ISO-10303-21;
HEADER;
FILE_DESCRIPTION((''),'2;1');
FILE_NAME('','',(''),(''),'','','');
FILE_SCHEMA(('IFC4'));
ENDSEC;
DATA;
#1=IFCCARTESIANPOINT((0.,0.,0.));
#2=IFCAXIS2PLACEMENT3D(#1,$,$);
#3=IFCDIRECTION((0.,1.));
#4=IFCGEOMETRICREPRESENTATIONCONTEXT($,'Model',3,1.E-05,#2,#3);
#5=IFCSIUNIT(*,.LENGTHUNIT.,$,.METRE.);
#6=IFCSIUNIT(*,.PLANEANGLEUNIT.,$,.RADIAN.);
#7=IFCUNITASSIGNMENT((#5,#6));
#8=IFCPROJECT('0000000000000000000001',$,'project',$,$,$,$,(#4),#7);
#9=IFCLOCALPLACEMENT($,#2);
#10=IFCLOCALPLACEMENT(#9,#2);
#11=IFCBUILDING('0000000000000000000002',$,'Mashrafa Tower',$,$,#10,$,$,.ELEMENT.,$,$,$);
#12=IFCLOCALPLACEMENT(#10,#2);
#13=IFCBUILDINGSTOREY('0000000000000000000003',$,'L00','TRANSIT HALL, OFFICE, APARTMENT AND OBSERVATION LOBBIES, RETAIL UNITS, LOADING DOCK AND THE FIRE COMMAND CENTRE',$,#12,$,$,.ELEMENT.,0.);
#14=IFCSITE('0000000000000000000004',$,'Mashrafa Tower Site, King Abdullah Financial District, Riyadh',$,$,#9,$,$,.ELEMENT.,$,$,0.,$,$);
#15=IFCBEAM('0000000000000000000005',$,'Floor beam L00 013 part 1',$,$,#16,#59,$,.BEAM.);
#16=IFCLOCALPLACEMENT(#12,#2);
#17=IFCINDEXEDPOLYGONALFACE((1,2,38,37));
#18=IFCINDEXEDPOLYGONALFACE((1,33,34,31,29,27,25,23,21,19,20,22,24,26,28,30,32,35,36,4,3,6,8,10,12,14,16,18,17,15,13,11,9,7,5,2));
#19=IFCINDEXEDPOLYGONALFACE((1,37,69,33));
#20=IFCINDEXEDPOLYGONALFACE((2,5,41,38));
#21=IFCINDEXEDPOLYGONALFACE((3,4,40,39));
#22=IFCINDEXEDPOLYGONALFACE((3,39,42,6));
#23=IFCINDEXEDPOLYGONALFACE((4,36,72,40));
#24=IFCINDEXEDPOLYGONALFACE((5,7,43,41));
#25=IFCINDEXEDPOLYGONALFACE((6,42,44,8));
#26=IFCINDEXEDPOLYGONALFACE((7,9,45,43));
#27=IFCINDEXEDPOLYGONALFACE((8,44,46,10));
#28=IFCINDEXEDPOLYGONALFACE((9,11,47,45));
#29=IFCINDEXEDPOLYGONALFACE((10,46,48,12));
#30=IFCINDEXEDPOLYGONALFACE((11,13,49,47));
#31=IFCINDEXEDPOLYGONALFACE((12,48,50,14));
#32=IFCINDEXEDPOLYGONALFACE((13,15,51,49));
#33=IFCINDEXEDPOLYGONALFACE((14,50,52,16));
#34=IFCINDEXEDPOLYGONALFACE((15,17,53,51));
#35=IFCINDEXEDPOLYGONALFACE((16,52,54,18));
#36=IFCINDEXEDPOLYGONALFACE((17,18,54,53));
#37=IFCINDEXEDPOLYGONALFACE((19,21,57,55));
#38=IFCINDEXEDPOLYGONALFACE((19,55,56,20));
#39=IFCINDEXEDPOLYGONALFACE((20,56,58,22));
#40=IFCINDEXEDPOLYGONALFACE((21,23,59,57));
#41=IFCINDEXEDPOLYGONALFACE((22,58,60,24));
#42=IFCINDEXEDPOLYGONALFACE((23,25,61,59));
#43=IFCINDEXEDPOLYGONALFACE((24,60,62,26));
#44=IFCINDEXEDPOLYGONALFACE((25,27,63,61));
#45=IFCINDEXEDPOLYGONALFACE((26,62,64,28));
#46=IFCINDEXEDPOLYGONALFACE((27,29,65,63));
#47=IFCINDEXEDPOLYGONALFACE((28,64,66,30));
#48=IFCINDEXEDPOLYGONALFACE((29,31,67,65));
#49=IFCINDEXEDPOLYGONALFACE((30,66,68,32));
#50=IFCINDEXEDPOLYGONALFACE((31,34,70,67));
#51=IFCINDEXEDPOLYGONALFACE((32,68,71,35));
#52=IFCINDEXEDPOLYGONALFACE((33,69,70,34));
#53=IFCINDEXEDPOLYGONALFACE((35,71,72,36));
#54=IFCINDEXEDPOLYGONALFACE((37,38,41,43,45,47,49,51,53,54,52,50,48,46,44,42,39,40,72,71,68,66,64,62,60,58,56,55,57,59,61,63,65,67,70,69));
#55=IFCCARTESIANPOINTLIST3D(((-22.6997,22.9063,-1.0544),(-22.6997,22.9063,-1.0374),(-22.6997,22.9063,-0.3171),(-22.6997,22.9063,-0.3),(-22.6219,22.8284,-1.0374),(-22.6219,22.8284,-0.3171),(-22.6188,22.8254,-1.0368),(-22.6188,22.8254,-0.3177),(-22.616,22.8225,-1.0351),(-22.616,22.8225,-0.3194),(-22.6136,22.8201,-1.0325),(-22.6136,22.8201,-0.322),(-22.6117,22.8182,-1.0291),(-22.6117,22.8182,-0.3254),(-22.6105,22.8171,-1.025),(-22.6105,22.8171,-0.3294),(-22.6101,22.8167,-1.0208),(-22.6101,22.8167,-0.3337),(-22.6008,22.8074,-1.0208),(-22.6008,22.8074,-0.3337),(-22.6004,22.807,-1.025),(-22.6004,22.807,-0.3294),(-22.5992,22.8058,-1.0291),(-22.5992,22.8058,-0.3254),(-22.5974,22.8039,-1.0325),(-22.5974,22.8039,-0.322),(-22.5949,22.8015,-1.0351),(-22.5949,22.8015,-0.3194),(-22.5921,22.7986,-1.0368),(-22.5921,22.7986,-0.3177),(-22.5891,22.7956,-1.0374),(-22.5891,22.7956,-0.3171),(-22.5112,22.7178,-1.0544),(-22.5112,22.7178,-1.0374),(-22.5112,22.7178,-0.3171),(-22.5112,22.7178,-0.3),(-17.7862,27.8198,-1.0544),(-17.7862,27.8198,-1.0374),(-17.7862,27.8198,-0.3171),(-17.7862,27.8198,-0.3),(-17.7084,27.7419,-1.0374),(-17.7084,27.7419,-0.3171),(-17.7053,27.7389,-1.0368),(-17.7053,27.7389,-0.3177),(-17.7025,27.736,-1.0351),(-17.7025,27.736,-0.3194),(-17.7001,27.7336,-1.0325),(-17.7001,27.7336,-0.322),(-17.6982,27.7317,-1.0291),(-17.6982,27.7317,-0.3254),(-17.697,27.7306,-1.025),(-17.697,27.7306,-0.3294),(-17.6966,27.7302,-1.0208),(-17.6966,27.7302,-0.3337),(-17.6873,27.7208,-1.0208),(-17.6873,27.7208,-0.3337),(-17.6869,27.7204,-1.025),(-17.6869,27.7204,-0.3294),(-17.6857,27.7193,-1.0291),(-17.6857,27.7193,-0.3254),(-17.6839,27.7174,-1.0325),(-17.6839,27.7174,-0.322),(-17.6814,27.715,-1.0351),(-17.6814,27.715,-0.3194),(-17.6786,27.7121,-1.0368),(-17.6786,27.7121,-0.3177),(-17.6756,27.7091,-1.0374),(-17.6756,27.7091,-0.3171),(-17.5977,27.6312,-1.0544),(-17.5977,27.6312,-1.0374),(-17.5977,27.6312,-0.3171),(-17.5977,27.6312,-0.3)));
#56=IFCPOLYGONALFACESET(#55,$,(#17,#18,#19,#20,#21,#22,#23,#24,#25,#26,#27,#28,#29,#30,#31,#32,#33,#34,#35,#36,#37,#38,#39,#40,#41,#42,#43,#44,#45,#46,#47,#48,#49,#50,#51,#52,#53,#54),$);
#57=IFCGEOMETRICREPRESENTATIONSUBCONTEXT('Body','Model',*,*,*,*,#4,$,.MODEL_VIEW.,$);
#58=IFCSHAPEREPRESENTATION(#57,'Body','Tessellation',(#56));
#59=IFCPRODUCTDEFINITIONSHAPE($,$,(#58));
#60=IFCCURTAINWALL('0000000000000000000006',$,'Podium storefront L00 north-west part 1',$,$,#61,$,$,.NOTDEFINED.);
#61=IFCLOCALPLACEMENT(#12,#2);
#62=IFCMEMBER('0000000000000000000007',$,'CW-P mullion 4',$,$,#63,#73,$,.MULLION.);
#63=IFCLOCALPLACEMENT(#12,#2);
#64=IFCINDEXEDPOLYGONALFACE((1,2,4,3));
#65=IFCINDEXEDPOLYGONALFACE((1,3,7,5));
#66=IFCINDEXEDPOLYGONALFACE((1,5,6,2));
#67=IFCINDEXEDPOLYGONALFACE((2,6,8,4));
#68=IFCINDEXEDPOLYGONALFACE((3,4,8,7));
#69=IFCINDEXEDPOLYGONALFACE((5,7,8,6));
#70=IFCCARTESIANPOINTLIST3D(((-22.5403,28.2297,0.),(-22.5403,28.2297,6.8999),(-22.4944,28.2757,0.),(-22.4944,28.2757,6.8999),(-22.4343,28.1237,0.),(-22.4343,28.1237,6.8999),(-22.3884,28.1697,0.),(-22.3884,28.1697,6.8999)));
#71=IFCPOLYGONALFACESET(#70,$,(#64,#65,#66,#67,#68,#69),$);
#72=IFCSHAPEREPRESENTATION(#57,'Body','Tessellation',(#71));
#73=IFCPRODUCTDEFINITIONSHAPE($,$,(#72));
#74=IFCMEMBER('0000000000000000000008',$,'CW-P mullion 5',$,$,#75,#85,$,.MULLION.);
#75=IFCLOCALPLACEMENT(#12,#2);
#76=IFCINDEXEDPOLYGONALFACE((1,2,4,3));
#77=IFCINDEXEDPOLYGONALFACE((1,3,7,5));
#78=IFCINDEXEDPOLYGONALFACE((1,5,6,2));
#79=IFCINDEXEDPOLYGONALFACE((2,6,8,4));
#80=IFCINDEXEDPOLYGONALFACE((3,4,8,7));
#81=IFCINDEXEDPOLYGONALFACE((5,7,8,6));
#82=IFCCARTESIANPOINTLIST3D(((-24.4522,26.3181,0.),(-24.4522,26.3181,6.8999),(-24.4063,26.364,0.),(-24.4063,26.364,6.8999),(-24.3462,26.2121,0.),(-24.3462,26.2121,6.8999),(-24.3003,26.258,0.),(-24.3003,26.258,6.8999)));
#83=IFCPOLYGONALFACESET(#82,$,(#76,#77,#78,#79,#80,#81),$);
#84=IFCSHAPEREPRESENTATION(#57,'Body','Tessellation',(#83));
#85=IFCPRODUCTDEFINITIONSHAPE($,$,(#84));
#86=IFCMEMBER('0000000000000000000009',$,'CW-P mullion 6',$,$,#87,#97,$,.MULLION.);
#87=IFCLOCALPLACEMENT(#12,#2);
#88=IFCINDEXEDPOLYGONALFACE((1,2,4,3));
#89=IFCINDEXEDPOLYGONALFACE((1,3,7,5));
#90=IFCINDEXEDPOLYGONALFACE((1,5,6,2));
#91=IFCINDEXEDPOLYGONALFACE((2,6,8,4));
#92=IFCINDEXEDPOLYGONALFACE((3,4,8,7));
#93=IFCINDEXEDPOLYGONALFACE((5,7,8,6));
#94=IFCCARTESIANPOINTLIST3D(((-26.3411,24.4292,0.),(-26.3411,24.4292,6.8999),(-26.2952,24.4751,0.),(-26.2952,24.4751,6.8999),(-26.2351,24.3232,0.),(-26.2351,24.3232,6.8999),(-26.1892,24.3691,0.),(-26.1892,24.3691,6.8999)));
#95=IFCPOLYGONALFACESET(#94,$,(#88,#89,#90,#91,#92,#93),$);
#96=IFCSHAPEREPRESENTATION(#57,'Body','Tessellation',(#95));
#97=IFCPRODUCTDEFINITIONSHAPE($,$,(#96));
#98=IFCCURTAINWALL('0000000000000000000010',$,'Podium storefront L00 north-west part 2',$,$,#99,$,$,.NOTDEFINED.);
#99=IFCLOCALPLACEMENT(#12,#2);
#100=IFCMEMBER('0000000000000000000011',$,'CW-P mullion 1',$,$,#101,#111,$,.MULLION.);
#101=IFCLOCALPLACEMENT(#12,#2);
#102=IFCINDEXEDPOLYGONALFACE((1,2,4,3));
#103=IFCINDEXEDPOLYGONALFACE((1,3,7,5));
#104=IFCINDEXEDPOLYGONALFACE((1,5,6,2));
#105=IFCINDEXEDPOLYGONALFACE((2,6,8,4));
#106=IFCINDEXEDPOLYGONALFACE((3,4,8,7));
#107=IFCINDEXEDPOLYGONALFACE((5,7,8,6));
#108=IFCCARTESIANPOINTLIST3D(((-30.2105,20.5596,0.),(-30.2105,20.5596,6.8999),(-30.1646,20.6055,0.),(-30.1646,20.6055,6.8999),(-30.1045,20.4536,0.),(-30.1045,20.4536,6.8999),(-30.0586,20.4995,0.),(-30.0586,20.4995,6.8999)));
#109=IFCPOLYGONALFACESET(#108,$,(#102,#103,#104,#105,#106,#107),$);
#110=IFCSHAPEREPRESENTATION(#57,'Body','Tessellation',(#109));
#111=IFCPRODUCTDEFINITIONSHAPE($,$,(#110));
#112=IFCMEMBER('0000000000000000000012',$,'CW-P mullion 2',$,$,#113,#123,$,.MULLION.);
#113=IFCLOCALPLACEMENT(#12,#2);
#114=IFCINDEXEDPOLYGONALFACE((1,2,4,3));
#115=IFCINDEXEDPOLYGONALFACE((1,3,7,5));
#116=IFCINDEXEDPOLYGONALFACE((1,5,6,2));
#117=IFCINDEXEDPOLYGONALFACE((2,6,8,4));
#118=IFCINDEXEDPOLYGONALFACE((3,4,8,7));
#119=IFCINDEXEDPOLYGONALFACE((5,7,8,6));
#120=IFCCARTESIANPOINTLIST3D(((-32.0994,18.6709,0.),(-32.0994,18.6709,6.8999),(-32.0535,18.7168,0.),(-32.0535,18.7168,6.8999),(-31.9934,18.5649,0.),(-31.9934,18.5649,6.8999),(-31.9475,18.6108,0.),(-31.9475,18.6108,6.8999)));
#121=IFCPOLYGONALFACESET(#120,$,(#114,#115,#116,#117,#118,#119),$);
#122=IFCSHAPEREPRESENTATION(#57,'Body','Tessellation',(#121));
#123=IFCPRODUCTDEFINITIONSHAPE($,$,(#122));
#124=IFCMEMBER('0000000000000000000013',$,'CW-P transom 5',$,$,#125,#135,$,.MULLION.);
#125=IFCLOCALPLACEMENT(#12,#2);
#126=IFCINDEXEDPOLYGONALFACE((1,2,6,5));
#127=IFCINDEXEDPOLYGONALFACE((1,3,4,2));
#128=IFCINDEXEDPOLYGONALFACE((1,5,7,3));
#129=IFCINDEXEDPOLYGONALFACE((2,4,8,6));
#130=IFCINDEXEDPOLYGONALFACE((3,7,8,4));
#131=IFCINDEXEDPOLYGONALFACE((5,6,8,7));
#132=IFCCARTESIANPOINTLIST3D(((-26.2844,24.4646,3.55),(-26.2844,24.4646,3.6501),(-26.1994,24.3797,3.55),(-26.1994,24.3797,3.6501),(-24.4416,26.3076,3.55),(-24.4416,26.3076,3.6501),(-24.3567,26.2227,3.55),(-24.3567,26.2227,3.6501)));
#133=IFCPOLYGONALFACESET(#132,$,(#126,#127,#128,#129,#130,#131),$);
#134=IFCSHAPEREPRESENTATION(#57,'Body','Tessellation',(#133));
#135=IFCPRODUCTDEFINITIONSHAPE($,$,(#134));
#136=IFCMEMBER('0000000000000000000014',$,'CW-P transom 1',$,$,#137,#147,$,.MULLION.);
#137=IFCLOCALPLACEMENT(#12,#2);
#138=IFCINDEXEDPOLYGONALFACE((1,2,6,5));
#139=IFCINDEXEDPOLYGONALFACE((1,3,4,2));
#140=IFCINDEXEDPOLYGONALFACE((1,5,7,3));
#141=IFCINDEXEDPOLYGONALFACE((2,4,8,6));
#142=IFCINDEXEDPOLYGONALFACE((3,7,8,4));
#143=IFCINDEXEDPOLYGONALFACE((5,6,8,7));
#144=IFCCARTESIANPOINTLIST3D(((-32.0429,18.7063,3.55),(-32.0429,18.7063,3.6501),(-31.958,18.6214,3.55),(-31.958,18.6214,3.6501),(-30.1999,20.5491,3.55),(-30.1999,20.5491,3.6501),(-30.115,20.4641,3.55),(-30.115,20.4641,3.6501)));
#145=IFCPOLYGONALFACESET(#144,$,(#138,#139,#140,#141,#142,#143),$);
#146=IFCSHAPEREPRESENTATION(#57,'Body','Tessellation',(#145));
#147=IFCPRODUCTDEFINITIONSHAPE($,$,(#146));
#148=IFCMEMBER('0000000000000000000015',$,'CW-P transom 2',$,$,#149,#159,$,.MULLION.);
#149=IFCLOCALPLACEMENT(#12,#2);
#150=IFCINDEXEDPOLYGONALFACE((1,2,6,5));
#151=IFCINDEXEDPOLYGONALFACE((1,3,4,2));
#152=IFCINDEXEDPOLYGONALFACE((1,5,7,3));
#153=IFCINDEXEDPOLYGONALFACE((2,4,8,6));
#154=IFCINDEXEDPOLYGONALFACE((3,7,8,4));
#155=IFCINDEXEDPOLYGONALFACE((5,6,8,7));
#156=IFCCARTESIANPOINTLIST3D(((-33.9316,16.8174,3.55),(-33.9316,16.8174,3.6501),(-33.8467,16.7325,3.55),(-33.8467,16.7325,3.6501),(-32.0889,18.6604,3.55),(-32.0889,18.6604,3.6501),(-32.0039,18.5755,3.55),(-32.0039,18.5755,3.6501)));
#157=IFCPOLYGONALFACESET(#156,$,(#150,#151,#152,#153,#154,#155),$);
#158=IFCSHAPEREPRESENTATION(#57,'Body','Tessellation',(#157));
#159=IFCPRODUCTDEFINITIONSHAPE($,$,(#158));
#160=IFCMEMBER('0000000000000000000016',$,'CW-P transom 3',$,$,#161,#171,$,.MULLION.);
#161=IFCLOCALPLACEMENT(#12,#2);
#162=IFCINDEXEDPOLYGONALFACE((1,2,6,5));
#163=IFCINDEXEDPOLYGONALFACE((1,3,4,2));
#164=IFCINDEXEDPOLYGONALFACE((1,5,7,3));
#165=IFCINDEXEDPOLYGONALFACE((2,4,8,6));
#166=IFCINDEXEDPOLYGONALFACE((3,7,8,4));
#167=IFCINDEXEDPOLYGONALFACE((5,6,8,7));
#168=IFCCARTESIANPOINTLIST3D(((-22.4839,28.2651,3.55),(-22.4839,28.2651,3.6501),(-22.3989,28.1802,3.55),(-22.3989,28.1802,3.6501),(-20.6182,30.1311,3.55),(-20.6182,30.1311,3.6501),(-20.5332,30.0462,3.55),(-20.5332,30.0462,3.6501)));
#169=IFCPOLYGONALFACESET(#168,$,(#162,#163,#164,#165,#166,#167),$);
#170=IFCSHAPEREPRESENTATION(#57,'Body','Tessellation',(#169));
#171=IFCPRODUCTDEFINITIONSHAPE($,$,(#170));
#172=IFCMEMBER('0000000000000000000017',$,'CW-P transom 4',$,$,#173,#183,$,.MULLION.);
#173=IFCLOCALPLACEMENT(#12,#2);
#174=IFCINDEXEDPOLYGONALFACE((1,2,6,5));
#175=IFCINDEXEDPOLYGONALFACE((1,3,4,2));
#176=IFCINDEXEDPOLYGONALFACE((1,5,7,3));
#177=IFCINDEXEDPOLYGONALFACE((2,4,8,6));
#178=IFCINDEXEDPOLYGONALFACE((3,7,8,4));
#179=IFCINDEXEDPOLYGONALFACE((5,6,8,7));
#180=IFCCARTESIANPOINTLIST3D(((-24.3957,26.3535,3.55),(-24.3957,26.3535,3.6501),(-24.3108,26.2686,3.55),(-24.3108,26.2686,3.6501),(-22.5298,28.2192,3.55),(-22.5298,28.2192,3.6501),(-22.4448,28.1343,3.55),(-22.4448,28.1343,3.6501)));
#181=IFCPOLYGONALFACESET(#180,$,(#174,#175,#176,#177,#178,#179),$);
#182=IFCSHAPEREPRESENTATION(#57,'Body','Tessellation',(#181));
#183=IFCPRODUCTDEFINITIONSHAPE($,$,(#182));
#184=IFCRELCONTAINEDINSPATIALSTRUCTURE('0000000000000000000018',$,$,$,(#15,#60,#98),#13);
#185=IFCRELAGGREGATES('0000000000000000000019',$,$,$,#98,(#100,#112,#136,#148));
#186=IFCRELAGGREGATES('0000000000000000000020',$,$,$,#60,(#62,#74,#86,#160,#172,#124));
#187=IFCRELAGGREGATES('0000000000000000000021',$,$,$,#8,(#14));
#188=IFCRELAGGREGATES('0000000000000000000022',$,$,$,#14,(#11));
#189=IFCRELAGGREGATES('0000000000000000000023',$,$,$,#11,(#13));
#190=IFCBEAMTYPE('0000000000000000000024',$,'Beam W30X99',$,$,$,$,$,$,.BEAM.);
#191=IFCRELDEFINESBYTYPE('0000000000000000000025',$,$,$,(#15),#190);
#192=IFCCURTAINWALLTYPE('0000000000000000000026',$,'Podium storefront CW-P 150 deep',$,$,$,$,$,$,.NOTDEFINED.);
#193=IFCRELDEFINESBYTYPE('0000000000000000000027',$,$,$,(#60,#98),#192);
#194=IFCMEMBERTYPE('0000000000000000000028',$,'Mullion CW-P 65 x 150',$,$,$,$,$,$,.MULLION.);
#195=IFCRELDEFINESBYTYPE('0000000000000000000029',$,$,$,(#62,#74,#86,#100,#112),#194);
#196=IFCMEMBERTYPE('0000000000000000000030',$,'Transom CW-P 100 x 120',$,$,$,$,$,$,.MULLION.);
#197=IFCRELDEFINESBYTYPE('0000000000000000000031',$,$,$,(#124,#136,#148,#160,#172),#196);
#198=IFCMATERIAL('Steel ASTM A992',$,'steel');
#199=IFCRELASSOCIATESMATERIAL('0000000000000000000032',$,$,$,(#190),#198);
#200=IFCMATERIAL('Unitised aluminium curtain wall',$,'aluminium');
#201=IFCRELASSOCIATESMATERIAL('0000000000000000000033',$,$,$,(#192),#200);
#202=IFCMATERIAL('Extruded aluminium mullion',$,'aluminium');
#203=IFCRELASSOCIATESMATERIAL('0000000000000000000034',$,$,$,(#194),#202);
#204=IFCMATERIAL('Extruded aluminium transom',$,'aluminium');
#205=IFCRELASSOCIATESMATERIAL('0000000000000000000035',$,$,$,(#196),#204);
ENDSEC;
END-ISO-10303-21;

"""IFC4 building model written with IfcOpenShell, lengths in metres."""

from ifc_helpers import new_model, si_unit, direction, frame, origin, origin_2d, place, context, subcontext, project, spatial, rectangle, i_section, extrude, source, transform, mapped, material, material_profile, profile_set, type_object, type_shapes, element, aggregate, save


model = new_model("IFC4")

# Units and contexts
model_context = context("Model", 3, precision=1e-05, world=origin(), true_north=direction((0.0, 1.0)))
body_context = subcontext(model_context, "Body", "Model", "MODEL_VIEW")
ifc_project = project(units=[si_unit("LENGTHUNIT", "METRE"), si_unit("PLANEANGLEUNIT", "RADIAN")], contexts=[model_context])

# Site, building, storey
site_placement = place(None, origin())
site = spatial("IfcSite", under=ifc_project, at=site_placement, Name="Mashrafa Tower Site, King Abdullah Financial District, Riyadh", CompositionType="ELEMENT", RefElevation=0.0)
building_placement = place(site_placement, origin())
building = spatial("IfcBuilding", under=site, at=building_placement, Name="Mashrafa Tower", CompositionType="ELEMENT")
storey_placement = place(building_placement, origin())
storey = spatial("IfcBuildingStorey", under=building, at=storey_placement, Name="L00", Description="TRANSIT HALL, OFFICE, APARTMENT AND OBSERVATION LOBBIES, RETAIL UNITS, LOADING DOCK AND THE FIRE COMMAND CENTRE", CompositionType="ELEMENT", Elevation=0.0)

# Beam
ifc_material_1 = material(Name="Steel ASTM A992", Category="steel")
ifc_material_profile_1 = material_profile(ifc_material_1, i_section(OverallWidth=0.2666, OverallDepth=0.7544, WebThickness=0.0132, FlangeThickness=0.0171, FilletRadius=0.0166, at=origin_2d()), Name="W30X99")
ifc_profile_set_1 = profile_set([ifc_material_profile_1], Name="Steel ASTM A992")
beam_type_1 = type_object("IfcBeamType", Name="Beam W30X99", PredefinedType="BEAM", material=ifc_profile_set_1)
beam_1_placement = place(storey_placement, frame((-22.6055, 22.812, -0.6772), z_axis=(0.707107, 0.707107, 0.0), x_axis=(-0.707107, 0.707107, 0.0)))
element("IfcBeam", 1, at=beam_1_placement, inside=storey, type_object=beam_type_1, Name="Floor beam L00 013 part 1", PredefinedType="BEAM", context=body_context, shape_type="SweptSolid", body=[
    extrude(i_section(OverallWidth=0.2666, OverallDepth=0.7544, WebThickness=0.0132, FlangeThickness=0.0171, FilletRadius=0.0166, at=origin_2d()), origin(), (0.0, 0.0, 1.0), 6.9487),
])

# Curtain walls, members
ifc_material_2 = material(Name="Unitised aluminium curtain wall", Category="aluminium")
curtain_wall_type = type_object("IfcCurtainWallType", Name="Podium storefront CW-P 150 deep", PredefinedType="NOTDEFINED", material=ifc_material_2)
curtain_wall_1_placement = place(storey_placement, origin())
curtain_wall_1 = element("IfcCurtainWall", 2, at=curtain_wall_1_placement, inside=storey, type_object=curtain_wall_type, Name="Podium storefront L00 north-west part 1", PredefinedType="NOTDEFINED")
ifc_material_3 = material(Name="Extruded aluminium mullion", Category="aluminium")
ifc_material_profile_2 = material_profile(ifc_material_3, rectangle(XDim=0.1499, YDim=0.0649, at=origin_2d()), Name="Mullion 65x150")
ifc_profile_set_2 = profile_set([ifc_material_profile_2], Name="Extruded aluminium mullion")
member_type_1 = type_object("IfcMemberType", Name="Mullion CW-P 65 x 150", PredefinedType="MULLION", material=ifc_profile_set_2)
shared_shape_1 = source(origin(), body_context, "Body", "SweptSolid", [
    extrude(rectangle(XDim=0.1499, YDim=0.0649, at=origin_2d()), origin(), (0.0, 0.0, 1.0), 6.8999),
])
type_shapes(member_type_1, [shared_shape_1])
member_1_placement = place(storey_placement, frame((-22.4644, 28.1997, 0.0), z_axis=(0.0, 0.0, 1.0), x_axis=(0.707107, -0.707107, 0.0)))
member_1 = element("IfcMember", 3, at=member_1_placement, type_object=member_type_1, Name="CW-P mullion 4", PredefinedType="MULLION", context=body_context, shape_type="MappedRepresentation", body=[
    mapped(shared_shape_1, transform((0.0, 0.0, 0.0))),
])
member_2_placement = place(storey_placement, frame((-24.3762, 26.2881, 0.0), z_axis=(0.0, 0.0, 1.0), x_axis=(0.707107, -0.707107, 0.0)))
member_2 = element("IfcMember", 4, at=member_2_placement, type_object=member_type_1, Name="CW-P mullion 5", PredefinedType="MULLION", context=body_context, shape_type="MappedRepresentation", body=[
    mapped(shared_shape_1, transform((0.0, 0.0, 0.0))),
])
member_3_placement = place(storey_placement, frame((-26.2651, 24.3992, 0.0), z_axis=(0.0, 0.0, 1.0), x_axis=(0.707107, -0.707107, 0.0)))
member_3 = element("IfcMember", 5, at=member_3_placement, type_object=member_type_1, Name="CW-P mullion 6", PredefinedType="MULLION", context=body_context, shape_type="MappedRepresentation", body=[
    mapped(shared_shape_1, transform((0.0, 0.0, 0.0))),
])
curtain_wall_2_placement = place(storey_placement, origin())
curtain_wall_2 = element("IfcCurtainWall", 6, at=curtain_wall_2_placement, inside=storey, type_object=curtain_wall_type, Name="Podium storefront L00 north-west part 2", PredefinedType="NOTDEFINED")
member_4_placement = place(storey_placement, frame((-30.1345, 20.5295, 0.0), z_axis=(0.0, 0.0, 1.0), x_axis=(0.707107, -0.707107, 0.0)))
member_4 = element("IfcMember", 7, at=member_4_placement, type_object=member_type_1, Name="CW-P mullion 1", PredefinedType="MULLION", context=body_context, shape_type="MappedRepresentation", body=[
    mapped(shared_shape_1, transform((0.0, 0.0, 0.0))),
])
member_5_placement = place(storey_placement, frame((-32.0234, 18.6409, 0.0), z_axis=(0.0, 0.0, 1.0), x_axis=(0.707107, -0.707107, 0.0)))
member_5 = element("IfcMember", 8, at=member_5_placement, type_object=member_type_1, Name="CW-P mullion 2", PredefinedType="MULLION", context=body_context, shape_type="MappedRepresentation", body=[
    mapped(shared_shape_1, transform((0.0, 0.0, 0.0))),
])

# Members
ifc_material_4 = material(Name="Extruded aluminium transom", Category="aluminium")
ifc_material_profile_3 = material_profile(ifc_material_4, rectangle(XDim=0.1201, YDim=0.1001, at=origin_2d()), Name="Transom 100x120")
ifc_profile_set_3 = profile_set([ifc_material_profile_3], Name="Extruded aluminium transom")
member_type_2 = type_object("IfcMemberType", Name="Transom CW-P 100 x 120", PredefinedType="MULLION", material=ifc_profile_set_3)
shared_shape_2 = source(origin(), body_context, "Body", "SweptSolid", [
    extrude(rectangle(XDim=0.1201, YDim=0.1001, at=origin_2d()), origin(), (0.0, 0.0, 1.0), 2.6062),
])
member_6_placement = place(storey_placement, frame((-24.3992, 26.2651, 3.6001), z_axis=(-0.70706, -0.707154, 0.0), x_axis=(0.707154, -0.70706, 0.0)))
member_6 = element("IfcMember", 9, at=member_6_placement, type_object=member_type_2, Name="CW-P transom 5", PredefinedType="MULLION", context=body_context, shape_type="MappedRepresentation", body=[
    mapped(shared_shape_2, transform((0.0, 0.0, 0.0))),
])
member_7_placement = place(storey_placement, frame((-30.1575, 20.5066, 3.6001), z_axis=(-0.707154, -0.70706, 0.0), x_axis=(0.70706, -0.707154, 0.0)))
member_7 = element("IfcMember", 10, at=member_7_placement, type_object=member_type_2, Name="CW-P transom 1", PredefinedType="MULLION", context=body_context, shape_type="MappedRepresentation", body=[
    mapped(shared_shape_2, transform((0.0, 0.0, 0.0))),
])
member_8_placement = place(storey_placement, frame((-32.0464, 18.6179, 3.6001), z_axis=(-0.70706, -0.707154, 0.0), x_axis=(0.707154, -0.70706, 0.0)))
member_8 = element("IfcMember", 11, at=member_8_placement, type_object=member_type_2, Name="CW-P transom 2", PredefinedType="MULLION", context=body_context, shape_type="MappedRepresentation", body=[
    mapped(shared_shape_2, transform((0.0, 0.0, 0.0))),
])
shared_shape_3 = source(origin(), body_context, "Body", "SweptSolid", [
    extrude(rectangle(XDim=0.1201, YDim=0.1001, at=origin_2d()), origin(), (0.0, 0.0, 1.0), 2.6387),
])
type_shapes(member_type_2, [shared_shape_2, shared_shape_3])
member_9_placement = place(storey_placement, frame((-20.5757, 30.0886, 3.6001), z_axis=(-0.707061, -0.707153, 0.0), x_axis=(0.707153, -0.707061, 0.0)))
member_9 = element("IfcMember", 12, at=member_9_placement, type_object=member_type_2, Name="CW-P transom 3", PredefinedType="MULLION", context=body_context, shape_type="MappedRepresentation", body=[
    mapped(shared_shape_3, transform((0.0, 0.0, 0.0))),
])
member_10_placement = place(storey_placement, frame((-22.4873, 28.1768, 3.6001), z_axis=(-0.707153, -0.707061, 0.0), x_axis=(0.707061, -0.707153, 0.0)))
member_10 = element("IfcMember", 13, at=member_10_placement, type_object=member_type_2, Name="CW-P transom 4", PredefinedType="MULLION", context=body_context, shape_type="MappedRepresentation", body=[
    mapped(shared_shape_3, transform((0.0, 0.0, 0.0))),
])

aggregate(curtain_wall_2, [member_4, member_5, member_7, member_8])
aggregate(curtain_wall_1, [member_1, member_2, member_3, member_9, member_10, member_6])

save(model, "model.ifc")
